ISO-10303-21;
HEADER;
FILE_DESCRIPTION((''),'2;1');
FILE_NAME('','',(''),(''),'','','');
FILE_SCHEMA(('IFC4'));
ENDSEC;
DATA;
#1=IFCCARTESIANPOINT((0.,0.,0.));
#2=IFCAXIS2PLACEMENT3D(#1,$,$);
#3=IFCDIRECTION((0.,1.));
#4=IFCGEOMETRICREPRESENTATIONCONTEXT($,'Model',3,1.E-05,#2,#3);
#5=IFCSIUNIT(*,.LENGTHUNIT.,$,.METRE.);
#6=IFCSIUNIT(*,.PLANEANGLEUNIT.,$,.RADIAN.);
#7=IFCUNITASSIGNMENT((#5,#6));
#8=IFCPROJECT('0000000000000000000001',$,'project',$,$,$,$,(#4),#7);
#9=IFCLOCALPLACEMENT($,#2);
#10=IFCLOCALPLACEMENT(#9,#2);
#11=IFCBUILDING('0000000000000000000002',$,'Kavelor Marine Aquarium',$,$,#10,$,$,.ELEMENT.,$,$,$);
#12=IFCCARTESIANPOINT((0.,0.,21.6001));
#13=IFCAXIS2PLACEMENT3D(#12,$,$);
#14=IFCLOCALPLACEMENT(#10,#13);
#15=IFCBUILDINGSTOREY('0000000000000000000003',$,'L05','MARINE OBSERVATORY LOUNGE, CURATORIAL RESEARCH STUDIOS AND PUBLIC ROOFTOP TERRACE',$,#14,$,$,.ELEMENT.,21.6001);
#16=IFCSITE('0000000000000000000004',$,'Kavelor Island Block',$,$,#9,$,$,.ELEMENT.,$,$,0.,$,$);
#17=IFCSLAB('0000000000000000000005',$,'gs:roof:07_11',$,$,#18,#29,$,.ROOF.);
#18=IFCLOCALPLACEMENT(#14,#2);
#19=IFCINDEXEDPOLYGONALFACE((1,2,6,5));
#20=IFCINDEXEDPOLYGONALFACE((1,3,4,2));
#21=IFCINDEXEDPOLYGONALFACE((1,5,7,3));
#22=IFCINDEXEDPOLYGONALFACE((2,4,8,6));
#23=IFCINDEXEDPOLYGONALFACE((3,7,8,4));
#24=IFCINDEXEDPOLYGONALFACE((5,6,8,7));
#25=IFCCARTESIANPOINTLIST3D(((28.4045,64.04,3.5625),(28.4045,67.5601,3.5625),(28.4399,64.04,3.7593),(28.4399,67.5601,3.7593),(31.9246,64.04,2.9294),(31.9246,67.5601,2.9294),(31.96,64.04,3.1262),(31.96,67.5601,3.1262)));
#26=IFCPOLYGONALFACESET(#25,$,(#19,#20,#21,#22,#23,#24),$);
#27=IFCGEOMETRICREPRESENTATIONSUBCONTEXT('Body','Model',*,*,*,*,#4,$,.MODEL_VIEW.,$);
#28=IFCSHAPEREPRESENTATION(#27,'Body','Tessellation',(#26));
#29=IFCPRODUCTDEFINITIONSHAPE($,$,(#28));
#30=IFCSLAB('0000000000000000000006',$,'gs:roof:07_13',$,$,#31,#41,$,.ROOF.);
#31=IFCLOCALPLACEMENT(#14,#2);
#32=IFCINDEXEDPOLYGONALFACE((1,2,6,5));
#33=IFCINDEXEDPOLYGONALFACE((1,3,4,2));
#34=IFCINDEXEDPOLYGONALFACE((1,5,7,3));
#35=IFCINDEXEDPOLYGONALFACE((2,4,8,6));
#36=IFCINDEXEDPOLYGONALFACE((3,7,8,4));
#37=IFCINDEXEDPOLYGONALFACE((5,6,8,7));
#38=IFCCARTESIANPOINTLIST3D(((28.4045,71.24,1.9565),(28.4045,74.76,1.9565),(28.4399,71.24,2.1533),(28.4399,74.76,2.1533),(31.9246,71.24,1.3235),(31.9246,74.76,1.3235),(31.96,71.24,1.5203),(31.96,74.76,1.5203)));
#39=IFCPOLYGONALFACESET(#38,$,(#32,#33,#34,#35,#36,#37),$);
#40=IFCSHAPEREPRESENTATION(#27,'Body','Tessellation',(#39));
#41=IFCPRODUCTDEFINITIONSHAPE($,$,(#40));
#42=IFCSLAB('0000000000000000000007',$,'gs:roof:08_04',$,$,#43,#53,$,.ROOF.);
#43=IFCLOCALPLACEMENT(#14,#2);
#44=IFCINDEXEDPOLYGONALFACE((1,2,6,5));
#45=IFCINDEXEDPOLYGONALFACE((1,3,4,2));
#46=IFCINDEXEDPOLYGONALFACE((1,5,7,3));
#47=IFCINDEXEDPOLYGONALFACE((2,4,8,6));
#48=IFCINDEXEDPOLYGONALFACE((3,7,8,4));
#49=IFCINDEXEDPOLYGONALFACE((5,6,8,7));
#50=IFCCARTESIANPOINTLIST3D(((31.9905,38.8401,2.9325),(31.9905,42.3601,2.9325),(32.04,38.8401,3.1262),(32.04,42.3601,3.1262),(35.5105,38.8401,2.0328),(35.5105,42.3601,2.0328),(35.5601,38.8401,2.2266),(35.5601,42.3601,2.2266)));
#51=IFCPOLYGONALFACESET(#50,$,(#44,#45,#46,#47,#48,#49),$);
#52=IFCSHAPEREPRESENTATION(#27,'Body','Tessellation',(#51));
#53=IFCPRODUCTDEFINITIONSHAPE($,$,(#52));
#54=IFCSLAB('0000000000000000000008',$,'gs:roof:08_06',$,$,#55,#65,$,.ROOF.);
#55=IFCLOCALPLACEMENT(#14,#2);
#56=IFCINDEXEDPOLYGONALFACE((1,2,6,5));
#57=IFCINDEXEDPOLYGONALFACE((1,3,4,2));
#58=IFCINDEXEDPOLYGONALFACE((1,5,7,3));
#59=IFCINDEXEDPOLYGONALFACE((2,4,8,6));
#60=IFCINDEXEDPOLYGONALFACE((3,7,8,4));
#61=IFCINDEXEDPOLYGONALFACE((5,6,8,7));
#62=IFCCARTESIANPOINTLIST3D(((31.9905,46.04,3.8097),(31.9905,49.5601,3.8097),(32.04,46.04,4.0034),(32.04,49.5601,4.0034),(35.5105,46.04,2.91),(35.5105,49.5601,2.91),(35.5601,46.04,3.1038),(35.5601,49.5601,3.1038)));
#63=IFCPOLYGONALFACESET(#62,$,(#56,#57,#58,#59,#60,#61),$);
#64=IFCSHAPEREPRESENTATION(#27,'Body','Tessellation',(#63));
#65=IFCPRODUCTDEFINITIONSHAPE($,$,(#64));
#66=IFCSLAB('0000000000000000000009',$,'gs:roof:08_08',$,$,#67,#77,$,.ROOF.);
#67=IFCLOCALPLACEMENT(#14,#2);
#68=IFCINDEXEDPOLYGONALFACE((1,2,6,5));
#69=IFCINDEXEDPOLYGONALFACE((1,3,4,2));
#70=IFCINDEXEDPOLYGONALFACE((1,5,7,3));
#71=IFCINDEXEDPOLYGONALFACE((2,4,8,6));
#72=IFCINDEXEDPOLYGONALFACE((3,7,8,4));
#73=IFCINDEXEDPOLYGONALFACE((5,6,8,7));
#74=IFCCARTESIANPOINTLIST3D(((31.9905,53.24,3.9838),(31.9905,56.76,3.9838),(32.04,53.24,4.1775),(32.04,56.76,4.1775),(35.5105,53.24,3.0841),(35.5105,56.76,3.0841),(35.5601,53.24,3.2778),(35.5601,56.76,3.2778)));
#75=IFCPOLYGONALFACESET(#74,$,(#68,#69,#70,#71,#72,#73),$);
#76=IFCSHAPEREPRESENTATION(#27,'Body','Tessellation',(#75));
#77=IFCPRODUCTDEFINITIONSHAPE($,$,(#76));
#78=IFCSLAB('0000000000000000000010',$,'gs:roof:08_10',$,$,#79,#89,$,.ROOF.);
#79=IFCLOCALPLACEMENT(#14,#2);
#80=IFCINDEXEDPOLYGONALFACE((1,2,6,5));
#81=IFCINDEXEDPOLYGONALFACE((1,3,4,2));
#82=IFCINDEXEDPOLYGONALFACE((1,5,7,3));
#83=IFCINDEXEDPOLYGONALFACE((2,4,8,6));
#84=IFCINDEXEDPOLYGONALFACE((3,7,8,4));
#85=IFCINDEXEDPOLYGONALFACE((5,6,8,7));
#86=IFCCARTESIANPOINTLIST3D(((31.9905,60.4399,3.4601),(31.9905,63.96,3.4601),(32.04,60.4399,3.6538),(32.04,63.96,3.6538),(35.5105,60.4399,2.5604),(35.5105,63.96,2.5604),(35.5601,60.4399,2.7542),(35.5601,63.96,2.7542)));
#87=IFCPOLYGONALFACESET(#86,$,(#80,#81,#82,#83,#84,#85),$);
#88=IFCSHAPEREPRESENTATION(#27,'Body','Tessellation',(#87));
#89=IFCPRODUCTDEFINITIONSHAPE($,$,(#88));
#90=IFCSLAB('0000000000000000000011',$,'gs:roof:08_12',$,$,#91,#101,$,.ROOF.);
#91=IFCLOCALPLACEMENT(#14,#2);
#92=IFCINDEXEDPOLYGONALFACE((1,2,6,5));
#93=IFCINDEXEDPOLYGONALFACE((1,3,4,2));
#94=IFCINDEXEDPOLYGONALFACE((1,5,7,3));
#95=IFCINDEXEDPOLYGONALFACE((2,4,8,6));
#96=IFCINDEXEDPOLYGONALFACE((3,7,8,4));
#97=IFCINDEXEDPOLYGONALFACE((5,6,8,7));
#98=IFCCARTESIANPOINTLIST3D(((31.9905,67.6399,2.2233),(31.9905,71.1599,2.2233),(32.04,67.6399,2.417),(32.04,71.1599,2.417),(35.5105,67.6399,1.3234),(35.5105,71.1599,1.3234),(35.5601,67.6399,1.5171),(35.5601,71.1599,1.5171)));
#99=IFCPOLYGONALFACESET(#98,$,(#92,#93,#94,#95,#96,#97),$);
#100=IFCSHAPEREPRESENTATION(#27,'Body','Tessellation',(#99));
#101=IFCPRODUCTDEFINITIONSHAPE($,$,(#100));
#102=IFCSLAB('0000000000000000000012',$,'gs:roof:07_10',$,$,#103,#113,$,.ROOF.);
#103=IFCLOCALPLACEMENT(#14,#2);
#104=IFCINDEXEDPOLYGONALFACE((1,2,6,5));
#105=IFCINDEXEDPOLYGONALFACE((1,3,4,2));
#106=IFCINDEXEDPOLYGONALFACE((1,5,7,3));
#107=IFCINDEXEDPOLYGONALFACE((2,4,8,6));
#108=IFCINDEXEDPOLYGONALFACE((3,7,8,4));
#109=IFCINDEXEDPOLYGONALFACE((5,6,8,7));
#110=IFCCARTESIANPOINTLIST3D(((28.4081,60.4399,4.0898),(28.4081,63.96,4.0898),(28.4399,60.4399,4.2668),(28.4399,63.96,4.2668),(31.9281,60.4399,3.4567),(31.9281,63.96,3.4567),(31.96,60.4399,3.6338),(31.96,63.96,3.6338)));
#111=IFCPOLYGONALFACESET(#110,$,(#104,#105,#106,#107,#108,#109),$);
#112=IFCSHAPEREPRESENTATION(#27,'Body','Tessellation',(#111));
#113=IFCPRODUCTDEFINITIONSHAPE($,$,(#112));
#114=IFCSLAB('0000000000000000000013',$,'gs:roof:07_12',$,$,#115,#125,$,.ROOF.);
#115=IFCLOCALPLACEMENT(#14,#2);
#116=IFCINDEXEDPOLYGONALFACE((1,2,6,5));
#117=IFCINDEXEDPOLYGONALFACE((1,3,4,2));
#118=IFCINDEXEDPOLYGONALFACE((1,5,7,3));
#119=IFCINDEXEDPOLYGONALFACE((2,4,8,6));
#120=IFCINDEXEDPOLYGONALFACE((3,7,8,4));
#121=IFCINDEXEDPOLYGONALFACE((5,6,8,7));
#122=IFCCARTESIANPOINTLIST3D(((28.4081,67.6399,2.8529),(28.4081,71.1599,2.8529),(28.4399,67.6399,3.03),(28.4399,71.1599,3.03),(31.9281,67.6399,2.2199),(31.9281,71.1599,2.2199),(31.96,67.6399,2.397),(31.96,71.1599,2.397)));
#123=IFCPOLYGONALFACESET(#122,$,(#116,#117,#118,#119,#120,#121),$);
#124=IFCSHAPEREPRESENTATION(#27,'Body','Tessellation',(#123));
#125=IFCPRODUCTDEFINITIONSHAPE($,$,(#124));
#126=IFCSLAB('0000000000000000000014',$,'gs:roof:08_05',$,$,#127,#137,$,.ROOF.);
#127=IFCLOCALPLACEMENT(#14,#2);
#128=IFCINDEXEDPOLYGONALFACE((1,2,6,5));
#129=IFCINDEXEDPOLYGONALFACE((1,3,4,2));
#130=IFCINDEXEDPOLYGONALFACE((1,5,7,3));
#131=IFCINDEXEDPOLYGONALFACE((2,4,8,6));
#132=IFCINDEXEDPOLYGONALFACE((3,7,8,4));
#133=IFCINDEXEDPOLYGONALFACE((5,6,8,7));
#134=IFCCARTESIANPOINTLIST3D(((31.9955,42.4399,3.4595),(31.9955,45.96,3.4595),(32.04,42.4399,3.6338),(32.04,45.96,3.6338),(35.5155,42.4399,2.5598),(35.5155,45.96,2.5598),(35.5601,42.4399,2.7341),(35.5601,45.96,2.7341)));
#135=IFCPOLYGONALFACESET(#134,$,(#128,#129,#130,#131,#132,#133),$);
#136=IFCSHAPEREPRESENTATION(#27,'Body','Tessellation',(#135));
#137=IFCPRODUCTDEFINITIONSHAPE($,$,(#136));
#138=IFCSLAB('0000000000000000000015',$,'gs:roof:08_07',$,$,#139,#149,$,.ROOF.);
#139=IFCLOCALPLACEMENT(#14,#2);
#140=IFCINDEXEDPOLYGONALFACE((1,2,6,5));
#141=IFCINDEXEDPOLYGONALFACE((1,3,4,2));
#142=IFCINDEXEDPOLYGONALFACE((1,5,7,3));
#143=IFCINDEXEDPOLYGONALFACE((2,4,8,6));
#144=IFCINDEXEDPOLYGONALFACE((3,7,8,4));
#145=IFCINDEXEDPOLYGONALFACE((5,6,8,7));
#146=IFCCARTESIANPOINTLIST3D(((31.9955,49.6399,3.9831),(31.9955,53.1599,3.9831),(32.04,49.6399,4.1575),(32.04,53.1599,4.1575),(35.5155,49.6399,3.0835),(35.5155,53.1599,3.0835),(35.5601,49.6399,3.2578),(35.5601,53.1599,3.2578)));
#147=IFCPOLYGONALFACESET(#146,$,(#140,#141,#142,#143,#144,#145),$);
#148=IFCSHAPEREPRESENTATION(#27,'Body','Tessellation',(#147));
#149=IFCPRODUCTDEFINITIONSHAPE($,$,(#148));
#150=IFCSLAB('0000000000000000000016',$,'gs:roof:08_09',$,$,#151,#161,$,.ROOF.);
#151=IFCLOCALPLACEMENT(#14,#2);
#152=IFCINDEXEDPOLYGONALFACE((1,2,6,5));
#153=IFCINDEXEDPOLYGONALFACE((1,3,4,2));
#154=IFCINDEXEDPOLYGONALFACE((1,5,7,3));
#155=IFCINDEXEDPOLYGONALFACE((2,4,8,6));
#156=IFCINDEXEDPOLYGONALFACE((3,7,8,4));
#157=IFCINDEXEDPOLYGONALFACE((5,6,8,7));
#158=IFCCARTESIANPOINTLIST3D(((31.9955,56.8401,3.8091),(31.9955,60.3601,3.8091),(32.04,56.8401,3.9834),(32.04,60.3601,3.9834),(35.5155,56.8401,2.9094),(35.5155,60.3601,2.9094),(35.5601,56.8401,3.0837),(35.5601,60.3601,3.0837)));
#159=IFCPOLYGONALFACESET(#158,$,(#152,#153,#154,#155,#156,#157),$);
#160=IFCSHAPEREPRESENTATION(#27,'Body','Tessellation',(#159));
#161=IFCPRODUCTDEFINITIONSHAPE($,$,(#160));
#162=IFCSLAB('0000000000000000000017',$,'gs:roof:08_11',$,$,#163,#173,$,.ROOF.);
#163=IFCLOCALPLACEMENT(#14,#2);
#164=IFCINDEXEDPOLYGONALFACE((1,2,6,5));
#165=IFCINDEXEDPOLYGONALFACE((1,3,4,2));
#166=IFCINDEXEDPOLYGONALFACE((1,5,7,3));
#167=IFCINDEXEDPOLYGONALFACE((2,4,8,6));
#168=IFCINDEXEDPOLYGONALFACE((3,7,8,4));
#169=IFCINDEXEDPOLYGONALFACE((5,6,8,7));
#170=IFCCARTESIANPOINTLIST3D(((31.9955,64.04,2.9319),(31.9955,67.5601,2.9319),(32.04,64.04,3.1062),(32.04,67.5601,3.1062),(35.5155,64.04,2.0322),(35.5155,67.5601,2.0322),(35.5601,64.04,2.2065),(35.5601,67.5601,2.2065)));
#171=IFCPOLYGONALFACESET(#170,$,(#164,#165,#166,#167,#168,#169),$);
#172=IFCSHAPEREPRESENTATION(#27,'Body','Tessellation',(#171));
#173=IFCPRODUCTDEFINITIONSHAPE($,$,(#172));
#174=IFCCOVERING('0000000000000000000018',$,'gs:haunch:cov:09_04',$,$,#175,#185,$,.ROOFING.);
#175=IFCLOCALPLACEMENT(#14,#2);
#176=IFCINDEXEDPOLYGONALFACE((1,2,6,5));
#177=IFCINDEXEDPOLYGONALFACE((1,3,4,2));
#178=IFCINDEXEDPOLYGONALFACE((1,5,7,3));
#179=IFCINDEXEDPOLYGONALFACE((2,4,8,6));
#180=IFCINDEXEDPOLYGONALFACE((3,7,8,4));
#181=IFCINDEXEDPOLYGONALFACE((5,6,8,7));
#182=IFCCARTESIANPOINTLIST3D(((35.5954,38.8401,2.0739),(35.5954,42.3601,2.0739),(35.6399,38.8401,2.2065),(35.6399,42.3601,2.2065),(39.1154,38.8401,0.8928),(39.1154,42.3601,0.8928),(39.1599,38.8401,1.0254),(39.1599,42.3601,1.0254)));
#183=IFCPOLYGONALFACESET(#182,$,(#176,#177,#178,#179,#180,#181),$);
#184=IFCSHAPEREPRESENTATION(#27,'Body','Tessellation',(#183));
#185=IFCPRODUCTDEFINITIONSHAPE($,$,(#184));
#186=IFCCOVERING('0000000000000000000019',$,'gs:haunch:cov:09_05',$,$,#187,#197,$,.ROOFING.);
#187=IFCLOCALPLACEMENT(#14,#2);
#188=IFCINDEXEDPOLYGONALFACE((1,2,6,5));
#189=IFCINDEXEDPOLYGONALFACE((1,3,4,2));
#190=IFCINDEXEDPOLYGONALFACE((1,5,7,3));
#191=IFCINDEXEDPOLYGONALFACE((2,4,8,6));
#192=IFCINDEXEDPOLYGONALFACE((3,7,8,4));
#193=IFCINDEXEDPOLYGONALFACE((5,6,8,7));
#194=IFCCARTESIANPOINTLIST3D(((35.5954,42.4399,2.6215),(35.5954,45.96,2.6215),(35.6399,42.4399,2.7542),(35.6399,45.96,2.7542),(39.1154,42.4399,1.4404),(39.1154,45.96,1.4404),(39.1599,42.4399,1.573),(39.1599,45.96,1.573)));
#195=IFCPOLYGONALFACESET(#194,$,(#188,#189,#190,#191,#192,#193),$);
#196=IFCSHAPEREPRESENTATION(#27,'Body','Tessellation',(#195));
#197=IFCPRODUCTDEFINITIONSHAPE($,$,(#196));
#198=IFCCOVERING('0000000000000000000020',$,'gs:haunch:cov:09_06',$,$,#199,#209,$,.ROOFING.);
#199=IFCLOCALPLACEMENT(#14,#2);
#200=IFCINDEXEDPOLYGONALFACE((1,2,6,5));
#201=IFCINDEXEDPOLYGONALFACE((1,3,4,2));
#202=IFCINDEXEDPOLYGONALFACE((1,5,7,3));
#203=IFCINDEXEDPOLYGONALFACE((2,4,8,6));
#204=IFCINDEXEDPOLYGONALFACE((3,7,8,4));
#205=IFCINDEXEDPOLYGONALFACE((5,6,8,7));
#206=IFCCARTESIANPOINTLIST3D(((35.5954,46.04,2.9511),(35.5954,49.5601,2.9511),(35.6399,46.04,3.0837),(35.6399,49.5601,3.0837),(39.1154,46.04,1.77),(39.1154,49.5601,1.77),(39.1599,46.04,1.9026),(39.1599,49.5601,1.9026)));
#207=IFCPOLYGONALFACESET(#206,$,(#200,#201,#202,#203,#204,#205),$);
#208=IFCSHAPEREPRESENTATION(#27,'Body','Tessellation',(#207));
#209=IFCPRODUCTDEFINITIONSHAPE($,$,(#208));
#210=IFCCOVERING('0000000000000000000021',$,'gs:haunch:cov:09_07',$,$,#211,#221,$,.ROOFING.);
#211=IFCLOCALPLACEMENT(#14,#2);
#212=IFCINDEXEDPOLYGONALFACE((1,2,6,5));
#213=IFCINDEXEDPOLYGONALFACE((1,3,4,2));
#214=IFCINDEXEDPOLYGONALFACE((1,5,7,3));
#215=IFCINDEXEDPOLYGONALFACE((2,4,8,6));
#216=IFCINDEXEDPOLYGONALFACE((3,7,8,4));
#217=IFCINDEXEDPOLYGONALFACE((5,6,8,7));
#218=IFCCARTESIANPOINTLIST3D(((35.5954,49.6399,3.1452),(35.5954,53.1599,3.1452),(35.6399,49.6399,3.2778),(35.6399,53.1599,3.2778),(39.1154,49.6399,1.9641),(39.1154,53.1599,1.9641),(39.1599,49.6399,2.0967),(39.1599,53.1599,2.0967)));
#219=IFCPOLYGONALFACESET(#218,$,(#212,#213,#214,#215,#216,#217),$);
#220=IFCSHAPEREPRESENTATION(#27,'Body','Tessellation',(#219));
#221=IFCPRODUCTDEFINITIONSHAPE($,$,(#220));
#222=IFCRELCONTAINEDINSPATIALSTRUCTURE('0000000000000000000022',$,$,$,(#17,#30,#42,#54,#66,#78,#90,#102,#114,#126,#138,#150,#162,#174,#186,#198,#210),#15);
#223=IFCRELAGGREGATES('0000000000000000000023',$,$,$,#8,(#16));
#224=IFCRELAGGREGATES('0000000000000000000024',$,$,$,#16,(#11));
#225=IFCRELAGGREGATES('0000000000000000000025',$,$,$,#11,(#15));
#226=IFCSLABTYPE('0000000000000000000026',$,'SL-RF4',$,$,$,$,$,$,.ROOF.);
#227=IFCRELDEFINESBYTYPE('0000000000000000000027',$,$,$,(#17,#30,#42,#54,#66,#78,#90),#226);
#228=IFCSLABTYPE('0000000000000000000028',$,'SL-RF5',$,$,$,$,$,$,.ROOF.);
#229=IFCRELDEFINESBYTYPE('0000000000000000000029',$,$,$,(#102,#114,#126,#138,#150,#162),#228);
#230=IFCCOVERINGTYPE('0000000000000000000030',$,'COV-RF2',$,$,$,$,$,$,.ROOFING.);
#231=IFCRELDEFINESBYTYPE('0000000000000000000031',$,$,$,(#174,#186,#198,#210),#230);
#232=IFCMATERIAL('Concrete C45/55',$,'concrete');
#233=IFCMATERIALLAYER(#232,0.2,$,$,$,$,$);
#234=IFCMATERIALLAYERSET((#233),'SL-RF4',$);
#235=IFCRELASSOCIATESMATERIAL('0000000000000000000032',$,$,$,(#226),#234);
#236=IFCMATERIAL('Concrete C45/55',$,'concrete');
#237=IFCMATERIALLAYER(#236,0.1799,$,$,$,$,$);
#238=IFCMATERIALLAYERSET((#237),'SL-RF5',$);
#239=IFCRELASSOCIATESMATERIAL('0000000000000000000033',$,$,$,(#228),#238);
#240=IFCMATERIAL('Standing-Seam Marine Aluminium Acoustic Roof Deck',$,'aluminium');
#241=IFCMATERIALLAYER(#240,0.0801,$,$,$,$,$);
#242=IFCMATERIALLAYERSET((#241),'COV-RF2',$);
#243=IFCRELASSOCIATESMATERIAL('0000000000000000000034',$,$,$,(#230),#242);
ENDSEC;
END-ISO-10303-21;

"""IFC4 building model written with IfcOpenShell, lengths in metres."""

from ifc_helpers import new_model, si_unit, direction, frame, origin, place, context, subcontext, project, spatial, polyline, outline, extrude, material, layer, layer_set, type_object, element, save


model = new_model("IFC4")

# Units and contexts
model_context = context("Model", 3, precision=1e-05, world=origin(), true_north=direction((0.0, 1.0)))
body_context = subcontext(model_context, "Body", "Model", "MODEL_VIEW")
ifc_project = project(units=[si_unit("LENGTHUNIT", "METRE"), si_unit("PLANEANGLEUNIT", "RADIAN")], contexts=[model_context])

# Site, building, storey
site_placement = place(None, origin())
site = spatial("IfcSite", under=ifc_project, at=site_placement, Name="Kavelor Island Block", CompositionType="ELEMENT", RefElevation=0.0)
building_placement = place(site_placement, origin())
building = spatial("IfcBuilding", under=site, at=building_placement, Name="Kavelor Marine Aquarium", CompositionType="ELEMENT")
storey_placement = place(building_placement, frame((0.0, 0.0, 21.6001)))
storey = spatial("IfcBuildingStorey", under=building, at=storey_placement, Name="L05", Description="MARINE OBSERVATORY LOUNGE, CURATORIAL RESEARCH STUDIOS AND PUBLIC ROOFTOP TERRACE", CompositionType="ELEMENT", Elevation=21.6001)

# Slabs
ifc_material_1 = material(Name="Concrete C45/55", Category="concrete")
ifc_layer_1 = layer(ifc_material_1, 0.2)
ifc_layer_set_1 = layer_set([ifc_layer_1], Name="SL-RF4")
slab_type_1 = type_object("IfcSlabType", Name="SL-RF4", PredefinedType="ROOF", material=ifc_layer_set_1)
for number, where, z_axis, x_axis, name in (
    (1, (28.4399, 64.04, 3.7593), (0.177005, 0.0, 0.98421), (0.98421, 0.0, -0.177005), "gs:roof:07_11"),
    (2, (28.4399, 71.24, 2.1533), (0.177005, 0.0, 0.98421), (0.98421, 0.0, -0.177005), "gs:roof:07_13"),
):
    element("IfcSlab", number, at=place(storey_placement, frame(where, z_axis=z_axis, x_axis=x_axis)), inside=storey, type_object=slab_type_1, Name=name, PredefinedType="ROOF", context=body_context, shape_type="SweptSolid", body=[
        extrude(outline(polyline([(0.0, 0.0), (3.5765, 0.0), (3.5765, 3.52), (0.0, 3.52), (0.0, 0.0)])), origin(), (0.0, 0.0, -1.0), 0.2),
    ])
for number, where, z_axis, x_axis, name in (
    (3, (32.04, 38.8401, 3.1262), (0.247623, 0.0, 0.968856), (0.968856, 0.0, -0.247623), "gs:roof:08_04"),
    (4, (32.04, 46.04, 4.0034), (0.247623, 0.0, 0.968856), (0.968856, 0.0, -0.247623), "gs:roof:08_06"),
    (5, (32.04, 53.24, 4.1775), (0.247623, 0.0, 0.968856), (0.968856, 0.0, -0.247623), "gs:roof:08_08"),
    (6, (32.04, 60.4399, 3.6538), (0.247623, 0.0, 0.968856), (0.968856, 0.0, -0.247623), "gs:roof:08_10"),
):
    element("IfcSlab", number, at=place(storey_placement, frame(where, z_axis=z_axis, x_axis=x_axis)), inside=storey, type_object=slab_type_1, Name=name, PredefinedType="ROOF", context=body_context, shape_type="SweptSolid", body=[
        extrude(outline(polyline([(0.0, 0.0), (3.6332, 0.0), (3.6332, 3.52), (0.0, 3.52), (0.0, 0.0)])), origin(), (0.0, 0.0, -1.0), 0.2),
    ])
slab_placement = place(storey_placement, frame((32.04, 67.6399, 2.417), z_axis=(0.247687, 0.0, 0.96884), x_axis=(0.96884, 0.0, -0.247687)))
element("IfcSlab", 7, at=slab_placement, inside=storey, type_object=slab_type_1, Name="gs:roof:08_12", PredefinedType="ROOF", context=body_context, shape_type="SweptSolid", body=[
    extrude(outline(polyline([(0.0, 0.0), (3.6332, 0.0), (3.6332, 3.52), (0.0, 3.52), (0.0, 0.0)])), origin(), (0.0, 0.0, -1.0), 0.2),
])
ifc_material_2 = material(Name="Concrete C45/55", Category="concrete")
ifc_layer_2 = layer(ifc_material_2, 0.1799)
ifc_layer_set_2 = layer_set([ifc_layer_2], Name="SL-RF5")
slab_type_2 = type_object("IfcSlabType", Name="SL-RF5", PredefinedType="ROOF", material=ifc_layer_set_2)
for number, where, z_axis, x_axis, name in (
    (8, (28.4399, 60.4399, 4.2668), (0.177005, 0.0, 0.98421), (0.98421, 0.0, -0.177005), "gs:roof:07_10"),
    (9, (28.4399, 67.6399, 3.03), (0.177005, 0.0, 0.98421), (0.98421, 0.0, -0.177005), "gs:roof:07_12"),
):
    element("IfcSlab", number, at=place(storey_placement, frame(where, z_axis=z_axis, x_axis=x_axis)), inside=storey, type_object=slab_type_2, Name=name, PredefinedType="ROOF", context=body_context, shape_type="SweptSolid", body=[
        extrude(outline(polyline([(0.0, 0.0), (3.5765, 0.0), (3.5765, 3.52), (0.0, 3.52), (0.0, 0.0)])), origin(), (0.0, 0.0, -1.0), 0.1799),
    ])
for number, where, z_axis, x_axis, name in (
    (10, (32.04, 42.4399, 3.6338), (0.247623, 0.0, 0.968856), (0.968856, 0.0, -0.247623), "gs:roof:08_05"),
    (11, (32.04, 49.6399, 4.1575), (0.247623, 0.0, 0.968856), (0.968856, 0.0, -0.247623), "gs:roof:08_07"),
    (12, (32.04, 56.8401, 3.9834), (0.247623, 0.0, 0.968856), (0.968856, 0.0, -0.247623), "gs:roof:08_09"),
    (13, (32.04, 64.04, 3.1062), (0.247623, 0.0, 0.968856), (0.968856, 0.0, -0.247623), "gs:roof:08_11"),
):
    element("IfcSlab", number, at=place(storey_placement, frame(where, z_axis=z_axis, x_axis=x_axis)), inside=storey, type_object=slab_type_2, Name=name, PredefinedType="ROOF", context=body_context, shape_type="SweptSolid", body=[
        extrude(outline(polyline([(0.0, 0.0), (3.6332, 0.0), (3.6332, 3.52), (0.0, 3.52), (0.0, 0.0)])), origin(), (0.0, 0.0, -1.0), 0.1799),
    ])

# Coverings
ifc_material_3 = material(Name="Standing-Seam Marine Aluminium Acoustic Roof Deck", Category="aluminium")
ifc_layer_3 = layer(ifc_material_3, 0.0801)
ifc_layer_set_3 = layer_set([ifc_layer_3], Name="COV-RF2")
covering_type = type_object("IfcCoveringType", Name="COV-RF2", PredefinedType="ROOFING", material=ifc_layer_set_3)
for number, where, z_axis, x_axis, name in (
    (14, (35.6399, 38.8401, 2.2065), (0.318121, 0.0, 0.94805), (0.94805, 0.0, -0.318121), "gs:haunch:cov:09_04"),
    (15, (35.6399, 42.4399, 2.7542), (0.318121, 0.0, 0.94805), (0.94805, 0.0, -0.318121), "gs:haunch:cov:09_05"),
    (16, (35.6399, 46.04, 3.0837), (0.318121, 0.0, 0.94805), (0.94805, 0.0, -0.318121), "gs:haunch:cov:09_06"),
    (17, (35.6399, 49.6399, 3.2778), (0.318121, 0.0, 0.94805), (0.94805, 0.0, -0.318121), "gs:haunch:cov:09_07"),
):
    element("IfcCovering", number, at=place(storey_placement, frame(where, z_axis=z_axis, x_axis=x_axis)), inside=storey, type_object=covering_type, Name=name, PredefinedType="ROOFING", context=body_context, shape_type="SweptSolid", body=[
        extrude(outline(polyline([(0.0, 0.0), (3.7129, 0.0), (3.7129, 3.52), (0.0, 3.52), (0.0, 0.0)])), origin(), (0.0, 0.0, -1.0), 0.1399),
    ])

save(model, "model.ifc")
